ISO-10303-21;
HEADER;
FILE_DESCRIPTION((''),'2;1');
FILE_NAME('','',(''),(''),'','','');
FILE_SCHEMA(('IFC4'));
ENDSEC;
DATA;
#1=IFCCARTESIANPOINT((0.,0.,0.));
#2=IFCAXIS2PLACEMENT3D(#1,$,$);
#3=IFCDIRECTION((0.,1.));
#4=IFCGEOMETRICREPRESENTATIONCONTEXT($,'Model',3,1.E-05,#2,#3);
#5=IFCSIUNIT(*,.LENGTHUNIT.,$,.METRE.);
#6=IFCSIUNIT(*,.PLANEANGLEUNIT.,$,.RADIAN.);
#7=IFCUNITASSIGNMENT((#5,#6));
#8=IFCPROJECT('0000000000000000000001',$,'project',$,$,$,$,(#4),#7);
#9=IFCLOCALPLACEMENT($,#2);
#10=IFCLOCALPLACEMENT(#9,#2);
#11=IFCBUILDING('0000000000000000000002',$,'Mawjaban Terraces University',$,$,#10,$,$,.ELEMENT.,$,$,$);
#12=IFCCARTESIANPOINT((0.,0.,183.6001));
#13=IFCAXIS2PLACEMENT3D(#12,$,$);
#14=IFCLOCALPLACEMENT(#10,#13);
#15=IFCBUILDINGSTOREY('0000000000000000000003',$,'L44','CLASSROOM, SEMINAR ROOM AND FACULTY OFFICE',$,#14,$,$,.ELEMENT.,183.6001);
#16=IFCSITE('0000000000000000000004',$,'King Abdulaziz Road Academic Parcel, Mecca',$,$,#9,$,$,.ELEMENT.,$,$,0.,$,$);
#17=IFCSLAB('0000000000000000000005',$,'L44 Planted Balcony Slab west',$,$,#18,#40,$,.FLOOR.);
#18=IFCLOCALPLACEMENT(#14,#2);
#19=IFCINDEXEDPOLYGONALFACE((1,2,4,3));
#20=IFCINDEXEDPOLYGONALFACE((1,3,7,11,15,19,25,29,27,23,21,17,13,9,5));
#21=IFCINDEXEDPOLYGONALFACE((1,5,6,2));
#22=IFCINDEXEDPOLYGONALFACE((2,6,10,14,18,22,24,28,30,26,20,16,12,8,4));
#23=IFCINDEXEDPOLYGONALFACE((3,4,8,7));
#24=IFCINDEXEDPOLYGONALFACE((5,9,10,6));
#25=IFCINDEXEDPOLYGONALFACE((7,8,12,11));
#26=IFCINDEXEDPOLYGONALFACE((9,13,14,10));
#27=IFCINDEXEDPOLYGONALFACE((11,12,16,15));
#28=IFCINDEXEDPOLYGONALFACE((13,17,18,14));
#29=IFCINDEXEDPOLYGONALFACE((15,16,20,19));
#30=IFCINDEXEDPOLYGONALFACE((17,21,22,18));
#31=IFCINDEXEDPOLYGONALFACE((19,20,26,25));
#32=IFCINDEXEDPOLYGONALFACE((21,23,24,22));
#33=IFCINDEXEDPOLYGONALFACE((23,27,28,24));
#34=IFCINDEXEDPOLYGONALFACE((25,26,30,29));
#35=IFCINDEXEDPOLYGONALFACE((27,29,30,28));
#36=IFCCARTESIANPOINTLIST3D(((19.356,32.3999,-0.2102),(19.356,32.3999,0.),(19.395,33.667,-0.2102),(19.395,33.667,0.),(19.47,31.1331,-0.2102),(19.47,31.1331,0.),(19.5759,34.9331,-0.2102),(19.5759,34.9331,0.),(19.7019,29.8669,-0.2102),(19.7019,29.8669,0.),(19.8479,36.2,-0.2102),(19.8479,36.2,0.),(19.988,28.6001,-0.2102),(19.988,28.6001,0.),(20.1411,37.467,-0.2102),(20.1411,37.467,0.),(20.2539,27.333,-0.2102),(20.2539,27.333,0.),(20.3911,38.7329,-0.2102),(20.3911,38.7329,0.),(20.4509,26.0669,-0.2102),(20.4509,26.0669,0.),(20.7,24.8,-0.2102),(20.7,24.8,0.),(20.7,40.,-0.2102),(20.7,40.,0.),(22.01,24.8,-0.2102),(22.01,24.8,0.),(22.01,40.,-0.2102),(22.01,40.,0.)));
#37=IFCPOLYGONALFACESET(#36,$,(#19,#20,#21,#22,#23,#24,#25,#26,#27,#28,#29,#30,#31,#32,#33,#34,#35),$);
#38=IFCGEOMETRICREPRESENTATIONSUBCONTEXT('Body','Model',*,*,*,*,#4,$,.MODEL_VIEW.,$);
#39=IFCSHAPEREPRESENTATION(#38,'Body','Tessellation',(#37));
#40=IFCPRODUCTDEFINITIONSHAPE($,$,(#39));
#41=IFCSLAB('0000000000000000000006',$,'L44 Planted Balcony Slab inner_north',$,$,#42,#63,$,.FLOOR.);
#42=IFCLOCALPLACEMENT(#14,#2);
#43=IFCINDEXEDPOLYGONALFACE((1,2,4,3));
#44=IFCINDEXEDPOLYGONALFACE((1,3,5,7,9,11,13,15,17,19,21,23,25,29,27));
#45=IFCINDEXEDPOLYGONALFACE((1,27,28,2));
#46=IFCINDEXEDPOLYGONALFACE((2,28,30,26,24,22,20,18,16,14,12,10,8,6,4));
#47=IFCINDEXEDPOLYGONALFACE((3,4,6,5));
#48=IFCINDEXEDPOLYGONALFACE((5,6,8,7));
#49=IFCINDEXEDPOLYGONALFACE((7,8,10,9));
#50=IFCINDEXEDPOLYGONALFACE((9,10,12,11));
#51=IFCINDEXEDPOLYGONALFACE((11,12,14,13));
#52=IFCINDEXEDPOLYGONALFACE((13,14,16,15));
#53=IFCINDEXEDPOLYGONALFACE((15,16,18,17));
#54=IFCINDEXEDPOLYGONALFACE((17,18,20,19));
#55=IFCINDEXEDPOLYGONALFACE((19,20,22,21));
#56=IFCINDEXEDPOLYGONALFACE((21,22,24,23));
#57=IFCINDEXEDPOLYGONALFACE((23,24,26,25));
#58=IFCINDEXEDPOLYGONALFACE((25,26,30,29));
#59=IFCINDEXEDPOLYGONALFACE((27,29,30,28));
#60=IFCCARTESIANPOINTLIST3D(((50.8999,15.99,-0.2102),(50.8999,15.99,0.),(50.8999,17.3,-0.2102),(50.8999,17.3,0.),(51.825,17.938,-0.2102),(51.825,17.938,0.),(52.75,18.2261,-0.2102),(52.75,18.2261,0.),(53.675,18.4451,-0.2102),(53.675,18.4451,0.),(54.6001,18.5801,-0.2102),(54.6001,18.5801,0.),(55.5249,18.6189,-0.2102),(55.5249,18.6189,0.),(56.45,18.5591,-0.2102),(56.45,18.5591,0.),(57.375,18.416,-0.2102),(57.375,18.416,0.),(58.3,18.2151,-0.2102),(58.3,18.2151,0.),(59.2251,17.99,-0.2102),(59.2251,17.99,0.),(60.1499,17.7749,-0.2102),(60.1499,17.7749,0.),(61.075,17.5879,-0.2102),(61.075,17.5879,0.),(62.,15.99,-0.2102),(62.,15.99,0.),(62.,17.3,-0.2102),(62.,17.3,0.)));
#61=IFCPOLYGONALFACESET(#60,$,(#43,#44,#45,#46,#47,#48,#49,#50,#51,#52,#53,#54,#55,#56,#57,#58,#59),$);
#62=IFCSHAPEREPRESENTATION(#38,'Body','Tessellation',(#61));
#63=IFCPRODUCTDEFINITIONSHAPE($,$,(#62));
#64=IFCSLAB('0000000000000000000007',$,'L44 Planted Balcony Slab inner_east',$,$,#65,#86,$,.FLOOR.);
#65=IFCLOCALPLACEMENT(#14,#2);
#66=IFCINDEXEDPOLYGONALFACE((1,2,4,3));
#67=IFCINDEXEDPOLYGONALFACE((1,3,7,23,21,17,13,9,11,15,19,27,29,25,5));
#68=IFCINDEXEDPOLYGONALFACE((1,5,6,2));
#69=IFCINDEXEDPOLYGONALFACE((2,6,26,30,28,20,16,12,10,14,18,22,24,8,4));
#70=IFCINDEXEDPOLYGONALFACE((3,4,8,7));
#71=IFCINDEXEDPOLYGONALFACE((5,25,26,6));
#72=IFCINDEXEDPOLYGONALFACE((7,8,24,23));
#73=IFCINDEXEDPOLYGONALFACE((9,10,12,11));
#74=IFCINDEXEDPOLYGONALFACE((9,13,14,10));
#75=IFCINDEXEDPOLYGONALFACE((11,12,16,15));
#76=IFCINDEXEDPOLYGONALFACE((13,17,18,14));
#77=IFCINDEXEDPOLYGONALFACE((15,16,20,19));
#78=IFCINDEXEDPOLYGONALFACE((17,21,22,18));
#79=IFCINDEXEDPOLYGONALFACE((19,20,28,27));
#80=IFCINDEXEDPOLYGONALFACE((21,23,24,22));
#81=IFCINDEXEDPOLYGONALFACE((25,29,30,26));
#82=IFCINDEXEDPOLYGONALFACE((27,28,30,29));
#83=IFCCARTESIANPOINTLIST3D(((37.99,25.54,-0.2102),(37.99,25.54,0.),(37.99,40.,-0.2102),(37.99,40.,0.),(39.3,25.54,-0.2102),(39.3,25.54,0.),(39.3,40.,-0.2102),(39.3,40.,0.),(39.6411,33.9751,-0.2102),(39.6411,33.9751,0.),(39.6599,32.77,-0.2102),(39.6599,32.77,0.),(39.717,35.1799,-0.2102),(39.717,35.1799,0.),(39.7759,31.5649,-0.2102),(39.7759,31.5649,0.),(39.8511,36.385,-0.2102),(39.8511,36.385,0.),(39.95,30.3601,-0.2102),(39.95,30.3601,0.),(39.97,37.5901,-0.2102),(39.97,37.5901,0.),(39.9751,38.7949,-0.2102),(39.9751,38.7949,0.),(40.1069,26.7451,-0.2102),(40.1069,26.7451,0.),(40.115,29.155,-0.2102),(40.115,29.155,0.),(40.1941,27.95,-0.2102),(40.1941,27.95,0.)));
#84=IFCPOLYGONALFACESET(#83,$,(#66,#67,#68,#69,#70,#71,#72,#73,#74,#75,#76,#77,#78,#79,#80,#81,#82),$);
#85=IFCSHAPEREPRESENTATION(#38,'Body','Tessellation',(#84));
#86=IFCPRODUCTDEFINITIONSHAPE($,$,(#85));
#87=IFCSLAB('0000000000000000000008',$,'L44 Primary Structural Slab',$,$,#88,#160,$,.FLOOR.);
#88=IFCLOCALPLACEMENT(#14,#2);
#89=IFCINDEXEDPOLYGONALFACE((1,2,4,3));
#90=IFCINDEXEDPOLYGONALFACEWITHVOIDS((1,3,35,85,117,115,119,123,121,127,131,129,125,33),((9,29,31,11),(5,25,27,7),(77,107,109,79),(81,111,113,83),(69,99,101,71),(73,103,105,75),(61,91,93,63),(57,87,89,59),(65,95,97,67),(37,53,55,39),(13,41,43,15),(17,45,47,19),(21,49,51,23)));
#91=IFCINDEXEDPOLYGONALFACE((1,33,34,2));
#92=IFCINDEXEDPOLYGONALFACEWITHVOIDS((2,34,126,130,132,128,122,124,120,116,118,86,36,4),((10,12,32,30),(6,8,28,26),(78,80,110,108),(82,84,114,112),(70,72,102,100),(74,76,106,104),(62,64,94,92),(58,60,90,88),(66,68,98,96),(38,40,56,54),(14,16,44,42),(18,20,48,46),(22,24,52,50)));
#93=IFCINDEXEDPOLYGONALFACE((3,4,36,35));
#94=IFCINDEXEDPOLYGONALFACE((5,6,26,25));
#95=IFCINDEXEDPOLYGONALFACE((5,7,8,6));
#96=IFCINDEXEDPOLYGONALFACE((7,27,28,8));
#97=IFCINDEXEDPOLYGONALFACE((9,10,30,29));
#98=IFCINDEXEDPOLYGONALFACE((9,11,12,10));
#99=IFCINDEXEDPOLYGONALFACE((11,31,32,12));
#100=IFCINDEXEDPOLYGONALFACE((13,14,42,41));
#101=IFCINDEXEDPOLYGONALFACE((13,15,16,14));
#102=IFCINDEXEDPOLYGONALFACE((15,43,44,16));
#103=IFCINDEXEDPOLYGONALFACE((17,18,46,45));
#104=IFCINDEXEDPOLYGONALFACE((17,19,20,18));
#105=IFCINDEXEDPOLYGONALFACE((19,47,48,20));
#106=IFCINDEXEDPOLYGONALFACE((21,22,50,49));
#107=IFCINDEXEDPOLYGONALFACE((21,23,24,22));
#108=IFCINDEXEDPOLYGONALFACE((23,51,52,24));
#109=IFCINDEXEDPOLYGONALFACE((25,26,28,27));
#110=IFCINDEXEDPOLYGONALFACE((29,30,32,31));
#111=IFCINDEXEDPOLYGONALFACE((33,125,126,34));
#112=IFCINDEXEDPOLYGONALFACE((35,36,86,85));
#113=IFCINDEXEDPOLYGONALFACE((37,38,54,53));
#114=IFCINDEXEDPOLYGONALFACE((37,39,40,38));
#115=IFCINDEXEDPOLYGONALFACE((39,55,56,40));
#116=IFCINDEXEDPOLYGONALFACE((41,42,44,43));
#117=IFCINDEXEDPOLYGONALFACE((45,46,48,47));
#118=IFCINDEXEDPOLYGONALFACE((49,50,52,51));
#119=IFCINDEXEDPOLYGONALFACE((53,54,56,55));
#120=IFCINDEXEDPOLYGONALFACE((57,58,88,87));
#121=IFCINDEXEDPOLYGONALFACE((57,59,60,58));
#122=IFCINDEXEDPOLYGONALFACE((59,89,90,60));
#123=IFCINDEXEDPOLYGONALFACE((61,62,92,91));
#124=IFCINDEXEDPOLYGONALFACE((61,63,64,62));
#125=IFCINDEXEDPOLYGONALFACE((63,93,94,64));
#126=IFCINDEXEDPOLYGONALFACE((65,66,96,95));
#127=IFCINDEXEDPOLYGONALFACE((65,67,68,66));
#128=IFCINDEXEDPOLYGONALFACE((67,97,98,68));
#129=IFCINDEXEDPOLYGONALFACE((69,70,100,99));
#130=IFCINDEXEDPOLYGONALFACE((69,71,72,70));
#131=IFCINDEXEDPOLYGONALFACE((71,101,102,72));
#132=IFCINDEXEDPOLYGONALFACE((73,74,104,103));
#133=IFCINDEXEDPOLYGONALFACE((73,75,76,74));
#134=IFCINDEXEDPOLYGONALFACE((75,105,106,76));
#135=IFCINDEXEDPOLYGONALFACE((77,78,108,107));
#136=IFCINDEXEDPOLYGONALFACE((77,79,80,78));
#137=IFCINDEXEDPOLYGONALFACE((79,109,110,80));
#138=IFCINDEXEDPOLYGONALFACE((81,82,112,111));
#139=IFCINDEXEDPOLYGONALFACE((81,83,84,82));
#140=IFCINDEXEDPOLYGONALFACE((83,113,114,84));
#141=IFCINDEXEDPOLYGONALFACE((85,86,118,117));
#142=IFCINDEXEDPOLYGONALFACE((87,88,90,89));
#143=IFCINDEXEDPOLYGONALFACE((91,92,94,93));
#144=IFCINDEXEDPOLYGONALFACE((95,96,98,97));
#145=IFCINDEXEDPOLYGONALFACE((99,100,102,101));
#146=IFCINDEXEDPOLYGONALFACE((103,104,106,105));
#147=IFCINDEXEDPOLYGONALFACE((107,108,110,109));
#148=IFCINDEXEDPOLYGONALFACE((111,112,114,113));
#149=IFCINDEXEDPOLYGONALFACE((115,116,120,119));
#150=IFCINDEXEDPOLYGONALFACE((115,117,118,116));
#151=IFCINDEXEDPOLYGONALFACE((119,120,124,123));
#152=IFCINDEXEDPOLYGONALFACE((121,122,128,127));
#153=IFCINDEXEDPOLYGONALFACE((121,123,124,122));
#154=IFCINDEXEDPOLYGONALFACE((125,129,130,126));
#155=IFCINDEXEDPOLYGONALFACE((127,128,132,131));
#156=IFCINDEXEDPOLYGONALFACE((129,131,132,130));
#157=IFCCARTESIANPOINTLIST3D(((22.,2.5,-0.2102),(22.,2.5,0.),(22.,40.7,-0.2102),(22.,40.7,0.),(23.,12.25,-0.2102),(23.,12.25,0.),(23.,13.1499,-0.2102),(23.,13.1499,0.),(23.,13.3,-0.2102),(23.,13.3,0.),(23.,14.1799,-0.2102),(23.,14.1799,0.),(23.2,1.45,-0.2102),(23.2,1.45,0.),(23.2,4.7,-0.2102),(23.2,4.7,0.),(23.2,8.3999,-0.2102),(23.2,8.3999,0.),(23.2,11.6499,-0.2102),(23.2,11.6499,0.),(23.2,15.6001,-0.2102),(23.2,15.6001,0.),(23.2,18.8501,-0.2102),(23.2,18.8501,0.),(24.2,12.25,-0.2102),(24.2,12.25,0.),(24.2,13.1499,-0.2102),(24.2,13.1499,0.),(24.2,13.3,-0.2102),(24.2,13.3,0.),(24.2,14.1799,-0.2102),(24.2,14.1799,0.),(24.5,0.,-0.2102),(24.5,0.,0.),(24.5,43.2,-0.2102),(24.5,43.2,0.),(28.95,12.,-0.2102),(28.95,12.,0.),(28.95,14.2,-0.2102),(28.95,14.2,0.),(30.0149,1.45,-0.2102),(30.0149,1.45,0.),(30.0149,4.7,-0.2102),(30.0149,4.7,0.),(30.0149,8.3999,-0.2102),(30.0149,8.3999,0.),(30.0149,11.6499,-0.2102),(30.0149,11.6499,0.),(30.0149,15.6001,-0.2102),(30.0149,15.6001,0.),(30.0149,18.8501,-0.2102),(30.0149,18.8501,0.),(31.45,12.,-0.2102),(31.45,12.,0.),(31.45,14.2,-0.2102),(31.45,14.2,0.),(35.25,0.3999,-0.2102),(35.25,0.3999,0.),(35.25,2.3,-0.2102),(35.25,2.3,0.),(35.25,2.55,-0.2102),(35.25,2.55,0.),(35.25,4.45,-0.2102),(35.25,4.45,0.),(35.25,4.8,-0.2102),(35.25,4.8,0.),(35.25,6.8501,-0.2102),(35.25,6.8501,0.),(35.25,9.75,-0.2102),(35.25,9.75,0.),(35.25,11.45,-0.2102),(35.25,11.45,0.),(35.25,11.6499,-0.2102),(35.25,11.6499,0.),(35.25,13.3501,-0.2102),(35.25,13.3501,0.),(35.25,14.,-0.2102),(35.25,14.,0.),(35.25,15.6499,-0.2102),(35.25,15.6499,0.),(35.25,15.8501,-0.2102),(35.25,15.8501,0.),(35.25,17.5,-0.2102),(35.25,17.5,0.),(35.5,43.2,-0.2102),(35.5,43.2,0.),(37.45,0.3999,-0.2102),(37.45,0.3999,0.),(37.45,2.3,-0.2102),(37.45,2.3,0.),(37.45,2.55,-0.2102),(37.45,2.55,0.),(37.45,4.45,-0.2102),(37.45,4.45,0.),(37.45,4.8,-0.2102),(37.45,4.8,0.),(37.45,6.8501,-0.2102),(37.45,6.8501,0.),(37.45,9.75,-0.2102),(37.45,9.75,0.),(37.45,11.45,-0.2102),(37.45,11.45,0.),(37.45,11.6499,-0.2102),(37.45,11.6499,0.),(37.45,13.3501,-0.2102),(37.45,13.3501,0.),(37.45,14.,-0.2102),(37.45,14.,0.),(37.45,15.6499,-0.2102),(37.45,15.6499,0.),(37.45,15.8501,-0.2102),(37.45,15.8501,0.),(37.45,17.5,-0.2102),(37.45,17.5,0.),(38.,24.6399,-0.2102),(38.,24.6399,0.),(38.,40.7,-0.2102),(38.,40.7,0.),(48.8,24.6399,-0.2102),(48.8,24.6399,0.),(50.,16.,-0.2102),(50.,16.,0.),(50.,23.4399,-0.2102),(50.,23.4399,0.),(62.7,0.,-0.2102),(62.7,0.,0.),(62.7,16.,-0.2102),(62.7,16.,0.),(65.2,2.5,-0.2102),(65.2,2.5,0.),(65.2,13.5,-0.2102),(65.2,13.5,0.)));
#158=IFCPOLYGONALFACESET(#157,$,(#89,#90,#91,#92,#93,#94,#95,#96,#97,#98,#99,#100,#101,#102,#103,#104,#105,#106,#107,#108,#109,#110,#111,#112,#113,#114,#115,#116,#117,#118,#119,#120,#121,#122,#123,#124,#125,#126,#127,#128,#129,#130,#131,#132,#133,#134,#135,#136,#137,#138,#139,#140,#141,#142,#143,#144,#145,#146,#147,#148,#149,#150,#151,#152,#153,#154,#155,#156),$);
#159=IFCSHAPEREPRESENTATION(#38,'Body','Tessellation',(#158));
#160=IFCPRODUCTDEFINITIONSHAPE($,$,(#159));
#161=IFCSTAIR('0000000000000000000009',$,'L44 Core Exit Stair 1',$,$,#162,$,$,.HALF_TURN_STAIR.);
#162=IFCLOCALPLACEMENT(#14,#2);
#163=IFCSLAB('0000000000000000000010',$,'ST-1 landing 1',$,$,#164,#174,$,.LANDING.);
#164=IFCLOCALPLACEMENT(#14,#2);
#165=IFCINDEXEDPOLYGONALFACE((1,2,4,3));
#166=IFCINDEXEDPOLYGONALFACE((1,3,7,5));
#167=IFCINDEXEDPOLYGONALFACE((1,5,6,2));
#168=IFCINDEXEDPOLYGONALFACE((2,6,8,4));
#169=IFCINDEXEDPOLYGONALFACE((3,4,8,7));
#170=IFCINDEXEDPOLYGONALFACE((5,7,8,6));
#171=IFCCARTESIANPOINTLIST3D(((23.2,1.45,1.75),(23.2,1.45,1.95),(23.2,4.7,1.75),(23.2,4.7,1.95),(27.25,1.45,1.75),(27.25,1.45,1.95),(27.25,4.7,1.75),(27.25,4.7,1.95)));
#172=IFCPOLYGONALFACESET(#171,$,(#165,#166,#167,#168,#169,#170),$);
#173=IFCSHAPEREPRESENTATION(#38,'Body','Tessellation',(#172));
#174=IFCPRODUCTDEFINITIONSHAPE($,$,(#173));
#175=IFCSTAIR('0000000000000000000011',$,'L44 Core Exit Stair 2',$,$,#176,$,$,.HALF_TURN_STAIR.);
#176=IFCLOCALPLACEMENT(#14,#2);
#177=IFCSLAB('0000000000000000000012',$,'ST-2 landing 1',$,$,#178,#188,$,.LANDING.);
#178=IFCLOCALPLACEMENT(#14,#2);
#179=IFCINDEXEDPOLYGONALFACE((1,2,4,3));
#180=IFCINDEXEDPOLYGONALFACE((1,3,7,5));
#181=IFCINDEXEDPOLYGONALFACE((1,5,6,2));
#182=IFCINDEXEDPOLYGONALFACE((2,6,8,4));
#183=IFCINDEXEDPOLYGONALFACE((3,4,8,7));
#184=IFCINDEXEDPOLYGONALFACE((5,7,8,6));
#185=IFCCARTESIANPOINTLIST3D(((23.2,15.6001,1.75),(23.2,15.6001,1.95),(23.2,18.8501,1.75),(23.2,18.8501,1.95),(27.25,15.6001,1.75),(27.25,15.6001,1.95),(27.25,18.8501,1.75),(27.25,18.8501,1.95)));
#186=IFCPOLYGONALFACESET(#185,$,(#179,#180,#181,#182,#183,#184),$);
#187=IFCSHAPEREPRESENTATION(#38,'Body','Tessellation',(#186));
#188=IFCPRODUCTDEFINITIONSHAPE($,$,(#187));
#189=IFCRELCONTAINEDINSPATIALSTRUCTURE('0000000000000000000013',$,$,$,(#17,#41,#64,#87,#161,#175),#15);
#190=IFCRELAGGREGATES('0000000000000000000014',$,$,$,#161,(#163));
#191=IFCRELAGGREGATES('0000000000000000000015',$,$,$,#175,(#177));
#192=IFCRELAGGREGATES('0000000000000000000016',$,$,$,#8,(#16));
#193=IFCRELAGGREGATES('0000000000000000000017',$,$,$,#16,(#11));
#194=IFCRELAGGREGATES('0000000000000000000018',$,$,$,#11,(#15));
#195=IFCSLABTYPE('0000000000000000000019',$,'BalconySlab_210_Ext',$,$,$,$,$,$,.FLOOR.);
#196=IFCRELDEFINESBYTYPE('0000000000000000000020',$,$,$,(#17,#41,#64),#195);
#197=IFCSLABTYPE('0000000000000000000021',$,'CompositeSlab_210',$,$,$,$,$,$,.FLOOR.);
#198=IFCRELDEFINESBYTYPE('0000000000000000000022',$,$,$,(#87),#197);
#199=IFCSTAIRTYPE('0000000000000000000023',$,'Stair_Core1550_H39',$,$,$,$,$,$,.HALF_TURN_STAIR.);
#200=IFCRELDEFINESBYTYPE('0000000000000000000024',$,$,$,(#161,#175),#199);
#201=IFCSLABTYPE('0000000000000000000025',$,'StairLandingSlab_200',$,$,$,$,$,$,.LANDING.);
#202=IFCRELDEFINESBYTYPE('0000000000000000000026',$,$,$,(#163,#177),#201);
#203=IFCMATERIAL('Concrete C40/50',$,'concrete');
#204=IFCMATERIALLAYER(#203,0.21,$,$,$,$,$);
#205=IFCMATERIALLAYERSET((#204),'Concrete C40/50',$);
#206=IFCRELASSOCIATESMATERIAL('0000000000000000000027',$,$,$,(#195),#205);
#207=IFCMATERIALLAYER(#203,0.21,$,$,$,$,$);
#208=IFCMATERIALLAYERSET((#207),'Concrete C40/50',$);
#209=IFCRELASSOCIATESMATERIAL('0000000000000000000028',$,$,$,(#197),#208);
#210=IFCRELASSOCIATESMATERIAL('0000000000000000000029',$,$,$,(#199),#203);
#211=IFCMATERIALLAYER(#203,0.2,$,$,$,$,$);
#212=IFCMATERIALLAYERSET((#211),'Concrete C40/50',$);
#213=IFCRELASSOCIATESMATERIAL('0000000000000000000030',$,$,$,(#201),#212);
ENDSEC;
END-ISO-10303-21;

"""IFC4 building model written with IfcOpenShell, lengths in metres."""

from ifc_helpers import new_model, si_unit, direction, frame, origin, place, context, subcontext, project, spatial, polyline, outline, extrude, material, layer, layer_set, type_object, element, aggregate, save


model = new_model("IFC4")

# Units and contexts
model_context = context("Model", 3, precision=1e-05, world=origin(), true_north=direction((0.0, 1.0)))
body_context = subcontext(model_context, "Body", "Model", "MODEL_VIEW")
ifc_project = project(units=[si_unit("LENGTHUNIT", "METRE"), si_unit("PLANEANGLEUNIT", "RADIAN")], contexts=[model_context])

# Site, building, storey
site_placement = place(None, origin())
site = spatial("IfcSite", under=ifc_project, at=site_placement, Name="King Abdulaziz Road Academic Parcel, Mecca", CompositionType="ELEMENT", RefElevation=0.0)
building_placement = place(site_placement, origin())
building = spatial("IfcBuilding", under=site, at=building_placement, Name="Mawjaban Terraces University", CompositionType="ELEMENT")
storey_placement = place(building_placement, frame((0.0, 0.0, 183.6001)))
storey = spatial("IfcBuildingStorey", under=building, at=storey_placement, Name="L44", Description="CLASSROOM, SEMINAR ROOM AND FACULTY OFFICE", CompositionType="ELEMENT", Elevation=183.6001)

# Slabs
ifc_material_1 = material(Name="Concrete C40/50", Category="concrete")
ifc_layer_1 = layer(ifc_material_1, 0.21)
ifc_layer_set_1 = layer_set([ifc_layer_1], Name="Concrete C40/50")
slab_type_1 = type_object("IfcSlabType", Name="BalconySlab_210_Ext", PredefinedType="FLOOR", material=ifc_layer_set_1)
slab_1_placement = place(storey_placement, frame((0.0, 0.0, -0.2102)))
element("IfcSlab", 1, at=slab_1_placement, inside=storey, type_object=slab_type_1, Name="L44 Planted Balcony Slab west", PredefinedType="FLOOR", context=body_context, shape_type="SweptSolid", body=[
    extrude(outline(polyline([(22.01, 24.8), (22.01, 40.0), (20.7, 40.0), (20.3911, 38.7329), (20.1411, 37.467), (19.8479, 36.2), (19.5759, 34.9331), (19.395, 33.667), (19.356, 32.3999), (19.47, 31.1331), (19.7019, 29.8669), (19.988, 28.6001), (20.2539, 27.333), (20.4509, 26.0669), (20.7, 24.8), (22.01, 24.8)])), origin(), (0.0, 0.0, 1.0), 0.2102),
])
slab_2_placement = place(storey_placement, frame((0.0, 0.0, -0.2102)))
element("IfcSlab", 2, at=slab_2_placement, inside=storey, type_object=slab_type_1, Name="L44 Planted Balcony Slab inner_north", PredefinedType="FLOOR", context=body_context, shape_type="SweptSolid", body=[
    extrude(outline(polyline([(50.8999, 15.99), (62.0, 15.99), (62.0, 17.3), (61.075, 17.5879), (60.1499, 17.7749), (59.2251, 17.99), (58.3, 18.2151), (57.375, 18.416), (56.45, 18.5591), (55.5249, 18.6189), (54.6001, 18.5801), (53.675, 18.4451), (52.75, 18.2261), (51.825, 17.938), (50.8999, 17.3), (50.8999, 15.99)])), origin(), (0.0, 0.0, 1.0), 0.2102),
])
slab_3_placement = place(storey_placement, frame((0.0, 0.0, -0.2102)))
element("IfcSlab", 3, at=slab_3_placement, inside=storey, type_object=slab_type_1, Name="L44 Planted Balcony Slab inner_east", PredefinedType="FLOOR", context=body_context, shape_type="SweptSolid", body=[
    extrude(outline(polyline([(39.3, 25.54), (40.1069, 26.7451), (40.1941, 27.95), (40.115, 29.155), (39.95, 30.3601), (39.7759, 31.5649), (39.6599, 32.77), (39.6411, 33.9751), (39.717, 35.1799), (39.8511, 36.385), (39.97, 37.5901), (39.9751, 38.7949), (39.3, 40.0), (37.99, 40.0), (37.99, 25.54), (39.3, 25.54)])), origin(), (0.0, 0.0, 1.0), 0.2102),
])
ifc_layer_2 = layer(ifc_material_1, 0.21)
ifc_layer_set_2 = layer_set([ifc_layer_2], Name="Concrete C40/50")
slab_type_2 = type_object("IfcSlabType", Name="CompositeSlab_210", PredefinedType="FLOOR", material=ifc_layer_set_2)
slab_4_placement = place(storey_placement, frame((0.0, 0.0, -0.2102)))
element("IfcSlab", 4, at=slab_4_placement, inside=storey, type_object=slab_type_2, Name="L44 Primary Structural Slab", PredefinedType="FLOOR", context=body_context, shape_type="SweptSolid", body=[
    extrude(outline(polyline([(24.5, 0.0), (62.7, 0.0), (65.2, 2.5), (65.2, 13.5), (62.7, 16.0), (50.0, 16.0), (50.0, 23.4399), (48.8, 24.6399), (38.0, 24.6399), (38.0, 40.7), (35.5, 43.2), (24.5, 43.2), (22.0, 40.7), (22.0, 2.5), (24.5, 0.0)]), holes=[polyline([(30.0149, 4.7), (23.2, 4.7), (23.2, 1.45), (30.0149, 1.45), (30.0149, 4.7)]), polyline([(30.0149, 18.8501), (23.2, 18.8501), (23.2, 15.6001), (30.0149, 15.6001), (30.0149, 18.8501)]), polyline([(30.0149, 11.6499), (23.2, 11.6499), (23.2, 8.3999), (30.0149, 8.3999), (30.0149, 11.6499)]), polyline([(35.25, 0.3999), (37.45, 0.3999), (37.45, 2.3), (35.25, 2.3), (35.25, 0.3999)]), polyline([(35.25, 2.55), (37.45, 2.55), (37.45, 4.45), (35.25, 4.45), (35.25, 2.55)]), polyline([(35.25, 4.8), (37.45, 4.8), (37.45, 6.8501), (35.25, 6.8501), (35.25, 4.8)]), polyline([(35.25, 9.75), (37.45, 9.75), (37.45, 11.45), (35.25, 11.45), (35.25, 9.75)]), polyline([(35.25, 11.6499), (37.45, 11.6499), (37.45, 13.3501), (35.25, 13.3501), (35.25, 11.6499)]), polyline([(28.95, 12.0), (31.45, 12.0), (31.45, 14.2), (28.95, 14.2), (28.95, 12.0)]), polyline([(35.25, 14.0), (37.45, 14.0), (37.45, 15.6499), (35.25, 15.6499), (35.25, 14.0)]), polyline([(35.25, 15.8501), (37.45, 15.8501), (37.45, 17.5), (35.25, 17.5), (35.25, 15.8501)]), polyline([(23.0, 12.25), (24.2, 12.25), (24.2, 13.1499), (23.0, 13.1499), (23.0, 12.25)]), polyline([(23.0, 13.3), (24.2, 13.3), (24.2, 14.1799), (23.0, 14.1799), (23.0, 13.3)])]), origin(), (0.0, 0.0, 1.0), 0.2102),
])

# Stairs, slabs
stair_type = type_object("IfcStairType", Name="Stair_Core1550_H39", PredefinedType="HALF_TURN_STAIR", material=ifc_material_1)
stair_1_placement = place(storey_placement, origin())
stair_1 = element("IfcStair", 5, at=stair_1_placement, inside=storey, type_object=stair_type, Name="L44 Core Exit Stair 1", PredefinedType="HALF_TURN_STAIR")
ifc_layer_3 = layer(ifc_material_1, 0.2)
ifc_layer_set_3 = layer_set([ifc_layer_3], Name="Concrete C40/50")
slab_type_3 = type_object("IfcSlabType", Name="StairLandingSlab_200", PredefinedType="LANDING", material=ifc_layer_set_3)
slab_5_placement = place(storey_placement, frame((0.0, 0.0, 1.75)))
slab_5 = element("IfcSlab", 6, at=slab_5_placement, type_object=slab_type_3, Name="ST-1 landing 1", PredefinedType="LANDING", context=body_context, shape_type="SweptSolid", body=[
    extrude(outline(polyline([(27.25, 4.7), (23.2, 4.7), (23.2, 1.45), (27.25, 1.45), (27.25, 4.7)])), origin(), (0.0, 0.0, 1.0), 0.2),
])
aggregate(stair_1, [slab_5])
stair_2_placement = place(storey_placement, origin())
stair_2 = element("IfcStair", 7, at=stair_2_placement, inside=storey, type_object=stair_type, Name="L44 Core Exit Stair 2", PredefinedType="HALF_TURN_STAIR")
slab_6_placement = place(storey_placement, frame((0.0, 0.0, 1.75)))
slab_6 = element("IfcSlab", 8, at=slab_6_placement, type_object=slab_type_3, Name="ST-2 landing 1", PredefinedType="LANDING", context=body_context, shape_type="SweptSolid", body=[
    extrude(outline(polyline([(27.25, 18.8501), (23.2, 18.8501), (23.2, 15.6001), (27.25, 15.6001), (27.25, 18.8501)])), origin(), (0.0, 0.0, 1.0), 0.2),
])
aggregate(stair_2, [slab_6])

save(model, "model.ifc")
